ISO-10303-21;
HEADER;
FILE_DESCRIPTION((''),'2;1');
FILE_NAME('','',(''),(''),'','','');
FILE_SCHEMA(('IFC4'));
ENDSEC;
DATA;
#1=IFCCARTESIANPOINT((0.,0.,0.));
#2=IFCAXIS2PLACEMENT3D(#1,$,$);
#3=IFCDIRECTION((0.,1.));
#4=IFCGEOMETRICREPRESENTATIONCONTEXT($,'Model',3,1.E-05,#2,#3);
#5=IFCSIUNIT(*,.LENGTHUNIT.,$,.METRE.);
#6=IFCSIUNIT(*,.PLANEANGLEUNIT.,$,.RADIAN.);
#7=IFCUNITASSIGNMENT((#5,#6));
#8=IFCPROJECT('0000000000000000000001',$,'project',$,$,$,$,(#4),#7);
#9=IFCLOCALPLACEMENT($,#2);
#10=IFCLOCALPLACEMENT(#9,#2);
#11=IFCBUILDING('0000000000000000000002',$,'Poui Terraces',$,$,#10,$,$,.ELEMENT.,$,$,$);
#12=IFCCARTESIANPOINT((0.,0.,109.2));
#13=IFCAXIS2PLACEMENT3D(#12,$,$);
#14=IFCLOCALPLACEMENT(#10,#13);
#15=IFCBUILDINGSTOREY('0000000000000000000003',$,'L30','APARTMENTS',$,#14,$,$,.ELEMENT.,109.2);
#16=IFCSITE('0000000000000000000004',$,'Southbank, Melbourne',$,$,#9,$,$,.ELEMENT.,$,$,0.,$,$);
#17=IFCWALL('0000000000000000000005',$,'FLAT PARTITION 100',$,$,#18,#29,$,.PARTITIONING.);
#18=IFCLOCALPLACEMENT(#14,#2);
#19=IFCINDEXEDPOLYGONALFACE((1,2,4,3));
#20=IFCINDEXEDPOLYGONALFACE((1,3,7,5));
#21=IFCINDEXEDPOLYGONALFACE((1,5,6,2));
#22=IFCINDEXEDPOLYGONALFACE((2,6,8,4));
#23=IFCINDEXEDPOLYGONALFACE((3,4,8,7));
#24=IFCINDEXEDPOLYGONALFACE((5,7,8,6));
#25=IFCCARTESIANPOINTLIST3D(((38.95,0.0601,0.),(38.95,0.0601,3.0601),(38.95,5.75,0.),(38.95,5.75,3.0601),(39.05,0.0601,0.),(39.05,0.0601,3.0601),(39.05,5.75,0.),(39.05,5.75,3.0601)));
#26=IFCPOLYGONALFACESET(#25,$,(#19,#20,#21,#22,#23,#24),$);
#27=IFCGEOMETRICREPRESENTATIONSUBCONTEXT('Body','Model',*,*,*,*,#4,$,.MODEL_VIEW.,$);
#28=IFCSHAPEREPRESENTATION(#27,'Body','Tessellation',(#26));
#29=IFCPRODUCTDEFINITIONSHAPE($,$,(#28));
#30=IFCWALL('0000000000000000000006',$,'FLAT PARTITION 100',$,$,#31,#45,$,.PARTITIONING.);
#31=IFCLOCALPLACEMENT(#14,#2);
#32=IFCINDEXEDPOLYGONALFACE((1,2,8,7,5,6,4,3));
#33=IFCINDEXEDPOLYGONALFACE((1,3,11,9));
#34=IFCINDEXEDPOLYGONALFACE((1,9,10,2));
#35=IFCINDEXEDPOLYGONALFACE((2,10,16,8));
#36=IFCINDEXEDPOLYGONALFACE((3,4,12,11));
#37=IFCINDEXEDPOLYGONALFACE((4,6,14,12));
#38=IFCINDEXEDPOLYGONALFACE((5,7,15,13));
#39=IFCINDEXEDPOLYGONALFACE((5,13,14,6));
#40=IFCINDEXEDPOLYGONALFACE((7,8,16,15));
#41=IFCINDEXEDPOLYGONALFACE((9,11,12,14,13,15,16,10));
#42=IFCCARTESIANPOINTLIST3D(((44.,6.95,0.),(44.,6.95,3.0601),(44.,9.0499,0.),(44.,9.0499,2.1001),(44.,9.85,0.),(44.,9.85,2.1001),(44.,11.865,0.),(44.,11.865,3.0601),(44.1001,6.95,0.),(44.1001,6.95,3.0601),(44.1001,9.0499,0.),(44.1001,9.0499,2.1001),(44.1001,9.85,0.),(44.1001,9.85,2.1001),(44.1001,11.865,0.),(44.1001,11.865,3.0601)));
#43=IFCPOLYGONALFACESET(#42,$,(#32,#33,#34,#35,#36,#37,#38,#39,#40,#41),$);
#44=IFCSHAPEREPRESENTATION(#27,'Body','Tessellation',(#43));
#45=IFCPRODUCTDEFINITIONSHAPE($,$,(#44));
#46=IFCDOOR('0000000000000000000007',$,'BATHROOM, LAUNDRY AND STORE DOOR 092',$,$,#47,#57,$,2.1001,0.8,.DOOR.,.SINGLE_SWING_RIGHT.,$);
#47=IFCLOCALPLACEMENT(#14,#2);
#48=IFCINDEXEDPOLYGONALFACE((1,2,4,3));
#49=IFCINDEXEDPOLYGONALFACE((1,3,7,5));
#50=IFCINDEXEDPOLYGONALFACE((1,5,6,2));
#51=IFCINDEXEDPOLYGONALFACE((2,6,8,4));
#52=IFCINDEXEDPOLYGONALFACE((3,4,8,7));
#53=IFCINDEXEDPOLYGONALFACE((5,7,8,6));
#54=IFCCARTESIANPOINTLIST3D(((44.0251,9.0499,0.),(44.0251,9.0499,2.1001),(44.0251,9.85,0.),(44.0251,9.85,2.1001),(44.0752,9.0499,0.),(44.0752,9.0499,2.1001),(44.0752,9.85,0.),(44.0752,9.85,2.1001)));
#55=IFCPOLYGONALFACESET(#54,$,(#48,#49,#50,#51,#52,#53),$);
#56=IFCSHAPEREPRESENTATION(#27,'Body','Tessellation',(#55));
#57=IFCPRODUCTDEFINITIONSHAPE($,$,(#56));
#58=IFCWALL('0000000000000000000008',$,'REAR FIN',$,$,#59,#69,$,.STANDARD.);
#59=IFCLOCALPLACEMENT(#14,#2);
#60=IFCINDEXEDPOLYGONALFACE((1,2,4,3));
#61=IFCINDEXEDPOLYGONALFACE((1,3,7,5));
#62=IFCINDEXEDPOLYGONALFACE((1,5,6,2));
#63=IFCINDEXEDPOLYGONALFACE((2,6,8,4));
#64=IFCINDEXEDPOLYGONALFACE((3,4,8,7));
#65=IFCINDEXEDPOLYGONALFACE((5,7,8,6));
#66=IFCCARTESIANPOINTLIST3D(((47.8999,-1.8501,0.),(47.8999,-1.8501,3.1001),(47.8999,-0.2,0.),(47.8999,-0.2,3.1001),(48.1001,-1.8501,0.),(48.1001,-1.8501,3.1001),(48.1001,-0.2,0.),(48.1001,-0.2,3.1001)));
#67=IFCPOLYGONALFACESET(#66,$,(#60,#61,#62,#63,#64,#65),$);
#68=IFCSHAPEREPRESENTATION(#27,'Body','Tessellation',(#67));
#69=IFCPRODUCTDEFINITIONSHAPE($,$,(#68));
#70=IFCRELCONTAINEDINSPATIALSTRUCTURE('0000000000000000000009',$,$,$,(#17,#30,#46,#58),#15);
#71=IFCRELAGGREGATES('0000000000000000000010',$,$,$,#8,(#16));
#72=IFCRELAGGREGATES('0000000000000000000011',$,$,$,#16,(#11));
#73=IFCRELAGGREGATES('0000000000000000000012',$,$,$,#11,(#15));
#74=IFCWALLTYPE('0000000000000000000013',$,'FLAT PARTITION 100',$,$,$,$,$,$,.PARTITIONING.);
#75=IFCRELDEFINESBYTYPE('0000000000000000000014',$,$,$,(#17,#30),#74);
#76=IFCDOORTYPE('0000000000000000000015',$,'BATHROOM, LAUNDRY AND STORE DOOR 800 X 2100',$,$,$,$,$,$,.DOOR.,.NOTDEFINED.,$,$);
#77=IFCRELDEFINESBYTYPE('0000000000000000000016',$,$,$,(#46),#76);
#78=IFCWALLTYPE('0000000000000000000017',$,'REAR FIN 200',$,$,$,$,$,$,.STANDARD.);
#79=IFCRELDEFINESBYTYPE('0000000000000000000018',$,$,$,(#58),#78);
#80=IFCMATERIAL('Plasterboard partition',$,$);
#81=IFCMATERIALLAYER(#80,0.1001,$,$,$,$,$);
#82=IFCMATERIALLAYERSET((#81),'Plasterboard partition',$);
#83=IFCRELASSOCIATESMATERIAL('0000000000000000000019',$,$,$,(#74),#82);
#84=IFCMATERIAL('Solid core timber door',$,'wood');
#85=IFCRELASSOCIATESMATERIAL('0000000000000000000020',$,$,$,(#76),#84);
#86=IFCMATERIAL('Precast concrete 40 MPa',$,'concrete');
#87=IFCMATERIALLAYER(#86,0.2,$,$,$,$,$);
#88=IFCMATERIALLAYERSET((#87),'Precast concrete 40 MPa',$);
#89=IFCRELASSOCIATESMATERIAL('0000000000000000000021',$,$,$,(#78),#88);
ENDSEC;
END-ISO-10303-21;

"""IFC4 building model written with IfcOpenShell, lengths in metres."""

from ifc_helpers import new_model, si_unit, direction, frame, frame_2d, origin, place, context, subcontext, project, spatial, polyline, rectangle, outline, extrude, source, transform, mapped, material, layer, layer_set, type_object, element, fill, save


model = new_model("IFC4")

# Units and contexts
model_context = context("Model", 3, precision=1e-05, world=origin(), true_north=direction((0.0, 1.0)))
body_context = subcontext(model_context, "Body", "Model", "MODEL_VIEW")
ifc_project = project(units=[si_unit("LENGTHUNIT", "METRE"), si_unit("PLANEANGLEUNIT", "RADIAN")], contexts=[model_context])

# Site, building, storey
site_placement = place(None, origin())
site = spatial("IfcSite", under=ifc_project, at=site_placement, Name="Southbank, Melbourne", CompositionType="ELEMENT", RefElevation=0.0)
building_placement = place(site_placement, origin())
building = spatial("IfcBuilding", under=site, at=building_placement, Name="Poui Terraces", CompositionType="ELEMENT")
storey_placement = place(building_placement, frame((0.0, 0.0, 109.2)))
storey = spatial("IfcBuildingStorey", under=building, at=storey_placement, Name="L30", Description="APARTMENTS", CompositionType="ELEMENT", Elevation=109.2)

# Shared definitions
ifc_material_1 = material(Name="Solid core timber door", Category="wood")

# Shared definitions
ifc_material_2 = material(Name="Plasterboard partition")
ifc_layer_1 = layer(ifc_material_2, 0.1001)
ifc_layer_set_1 = layer_set([ifc_layer_1], Name="Plasterboard partition")
wall_type_1 = type_object("IfcWallType", Name="FLAT PARTITION 100", PredefinedType="PARTITIONING", material=ifc_layer_set_1)

# Wall
for number, where, z_axis, x_axis, name in (
    (1, (39.0, 0.0601, 0.0), (0.0, 0.0, 1.0), (0.0, 1.0, 0.0), "FLAT PARTITION 100"),
):
    element("IfcWall", number, at=place(storey_placement, frame(where, z_axis=z_axis, x_axis=x_axis)), inside=storey, type_object=wall_type_1, Name=name, PredefinedType="PARTITIONING", context=body_context, shape_type="SweptSolid", body=[
        extrude(rectangle(XDim=5.6899, YDim=0.1001, at=frame_2d((2.845, 0.0))), origin(), (0.0, 0.0, 1.0), 3.0601),
    ])

# Wall, opening, door
wall_1_placement = place(storey_placement, frame((44.05, 6.95, 0.0), z_axis=(0.0, 0.0, 1.0), x_axis=(0.0, 1.0, 0.0)))
wall_1 = element("IfcWall", 2, at=wall_1_placement, inside=storey, type_object=wall_type_1, Name="FLAT PARTITION 100", PredefinedType="PARTITIONING", context=body_context, shape_type="SweptSolid", body=[
    extrude(rectangle(XDim=4.915, YDim=0.1001, at=frame_2d((2.4575, 0.0))), origin(), (0.0, 0.0, 1.0), 3.0601),
])
opening_1_placement = place(wall_1_placement, frame((2.1001, 0.0, 0.0)))
opening_1 = element("IfcOpeningElement", 3, at=opening_1_placement, cuts=wall_1, PredefinedType="OPENING", context=body_context, shape_type="SweptSolid", body=[
    extrude(rectangle(XDim=0.8, YDim=2.1001, at=frame_2d((0.3999, 1.05))), frame((0.0, 0.0601, 0.0), z_axis=(0.0, -1.0, 0.0), x_axis=(1.0, 0.0, 0.0)), (0.0, 0.0, 1.0), 0.1201),
])
door_type_1 = type_object("IfcDoorType", Name="BATHROOM, LAUNDRY AND STORE DOOR 800 X 2100", OperationType="NOTDEFINED", PredefinedType="DOOR", material=ifc_material_1)
door_1_placement = place(opening_1_placement, origin())
door_1 = element("IfcDoor", 4, at=door_1_placement, inside=storey, type_object=door_type_1, Name="BATHROOM, LAUNDRY AND STORE DOOR 092", OperationType="SINGLE_SWING_RIGHT", OverallHeight=2.1001, OverallWidth=0.8, PredefinedType="DOOR", context=body_context, shape_type="SweptSolid", body=[
    extrude(rectangle(XDim=0.8, YDim=2.1001, at=frame_2d((0.3999, 1.05))), frame((0.0, 0.0249, 0.0), z_axis=(0.0, -1.0, 0.0), x_axis=(1.0, 0.0, 0.0)), (0.0, 0.0, 1.0), 0.05),
])
fill(opening_1, door_1)

# Wall
ifc_material_3 = material(Name="Precast concrete 40 MPa", Category="concrete")
ifc_layer_2 = layer(ifc_material_3, 0.2)
ifc_layer_set_2 = layer_set([ifc_layer_2], Name="Precast concrete 40 MPa")
wall_type_2 = type_object("IfcWallType", Name="REAR FIN 200", PredefinedType="STANDARD", material=ifc_layer_set_2)
shared_shape = source(origin(), body_context, "Body", "SweptSolid", [
    extrude(outline(polyline([(0.0, 0.0), (0.2002, 0.0), (0.2002, 1.6501), (0.0, 1.6501), (0.0, 0.0)])), origin(), (0.0, 0.0, 1.0), 3.1001),
])
wall_2_placement = place(storey_placement, frame((47.8999, -1.8501, 0.0)))
element("IfcWall", 5, at=wall_2_placement, inside=storey, type_object=wall_type_2, Name="REAR FIN", PredefinedType="STANDARD", context=body_context, shape_type="MappedRepresentation", body=[
    mapped(shared_shape, transform((0.0, 0.0, 0.0))),
])

save(model, "model.ifc")
